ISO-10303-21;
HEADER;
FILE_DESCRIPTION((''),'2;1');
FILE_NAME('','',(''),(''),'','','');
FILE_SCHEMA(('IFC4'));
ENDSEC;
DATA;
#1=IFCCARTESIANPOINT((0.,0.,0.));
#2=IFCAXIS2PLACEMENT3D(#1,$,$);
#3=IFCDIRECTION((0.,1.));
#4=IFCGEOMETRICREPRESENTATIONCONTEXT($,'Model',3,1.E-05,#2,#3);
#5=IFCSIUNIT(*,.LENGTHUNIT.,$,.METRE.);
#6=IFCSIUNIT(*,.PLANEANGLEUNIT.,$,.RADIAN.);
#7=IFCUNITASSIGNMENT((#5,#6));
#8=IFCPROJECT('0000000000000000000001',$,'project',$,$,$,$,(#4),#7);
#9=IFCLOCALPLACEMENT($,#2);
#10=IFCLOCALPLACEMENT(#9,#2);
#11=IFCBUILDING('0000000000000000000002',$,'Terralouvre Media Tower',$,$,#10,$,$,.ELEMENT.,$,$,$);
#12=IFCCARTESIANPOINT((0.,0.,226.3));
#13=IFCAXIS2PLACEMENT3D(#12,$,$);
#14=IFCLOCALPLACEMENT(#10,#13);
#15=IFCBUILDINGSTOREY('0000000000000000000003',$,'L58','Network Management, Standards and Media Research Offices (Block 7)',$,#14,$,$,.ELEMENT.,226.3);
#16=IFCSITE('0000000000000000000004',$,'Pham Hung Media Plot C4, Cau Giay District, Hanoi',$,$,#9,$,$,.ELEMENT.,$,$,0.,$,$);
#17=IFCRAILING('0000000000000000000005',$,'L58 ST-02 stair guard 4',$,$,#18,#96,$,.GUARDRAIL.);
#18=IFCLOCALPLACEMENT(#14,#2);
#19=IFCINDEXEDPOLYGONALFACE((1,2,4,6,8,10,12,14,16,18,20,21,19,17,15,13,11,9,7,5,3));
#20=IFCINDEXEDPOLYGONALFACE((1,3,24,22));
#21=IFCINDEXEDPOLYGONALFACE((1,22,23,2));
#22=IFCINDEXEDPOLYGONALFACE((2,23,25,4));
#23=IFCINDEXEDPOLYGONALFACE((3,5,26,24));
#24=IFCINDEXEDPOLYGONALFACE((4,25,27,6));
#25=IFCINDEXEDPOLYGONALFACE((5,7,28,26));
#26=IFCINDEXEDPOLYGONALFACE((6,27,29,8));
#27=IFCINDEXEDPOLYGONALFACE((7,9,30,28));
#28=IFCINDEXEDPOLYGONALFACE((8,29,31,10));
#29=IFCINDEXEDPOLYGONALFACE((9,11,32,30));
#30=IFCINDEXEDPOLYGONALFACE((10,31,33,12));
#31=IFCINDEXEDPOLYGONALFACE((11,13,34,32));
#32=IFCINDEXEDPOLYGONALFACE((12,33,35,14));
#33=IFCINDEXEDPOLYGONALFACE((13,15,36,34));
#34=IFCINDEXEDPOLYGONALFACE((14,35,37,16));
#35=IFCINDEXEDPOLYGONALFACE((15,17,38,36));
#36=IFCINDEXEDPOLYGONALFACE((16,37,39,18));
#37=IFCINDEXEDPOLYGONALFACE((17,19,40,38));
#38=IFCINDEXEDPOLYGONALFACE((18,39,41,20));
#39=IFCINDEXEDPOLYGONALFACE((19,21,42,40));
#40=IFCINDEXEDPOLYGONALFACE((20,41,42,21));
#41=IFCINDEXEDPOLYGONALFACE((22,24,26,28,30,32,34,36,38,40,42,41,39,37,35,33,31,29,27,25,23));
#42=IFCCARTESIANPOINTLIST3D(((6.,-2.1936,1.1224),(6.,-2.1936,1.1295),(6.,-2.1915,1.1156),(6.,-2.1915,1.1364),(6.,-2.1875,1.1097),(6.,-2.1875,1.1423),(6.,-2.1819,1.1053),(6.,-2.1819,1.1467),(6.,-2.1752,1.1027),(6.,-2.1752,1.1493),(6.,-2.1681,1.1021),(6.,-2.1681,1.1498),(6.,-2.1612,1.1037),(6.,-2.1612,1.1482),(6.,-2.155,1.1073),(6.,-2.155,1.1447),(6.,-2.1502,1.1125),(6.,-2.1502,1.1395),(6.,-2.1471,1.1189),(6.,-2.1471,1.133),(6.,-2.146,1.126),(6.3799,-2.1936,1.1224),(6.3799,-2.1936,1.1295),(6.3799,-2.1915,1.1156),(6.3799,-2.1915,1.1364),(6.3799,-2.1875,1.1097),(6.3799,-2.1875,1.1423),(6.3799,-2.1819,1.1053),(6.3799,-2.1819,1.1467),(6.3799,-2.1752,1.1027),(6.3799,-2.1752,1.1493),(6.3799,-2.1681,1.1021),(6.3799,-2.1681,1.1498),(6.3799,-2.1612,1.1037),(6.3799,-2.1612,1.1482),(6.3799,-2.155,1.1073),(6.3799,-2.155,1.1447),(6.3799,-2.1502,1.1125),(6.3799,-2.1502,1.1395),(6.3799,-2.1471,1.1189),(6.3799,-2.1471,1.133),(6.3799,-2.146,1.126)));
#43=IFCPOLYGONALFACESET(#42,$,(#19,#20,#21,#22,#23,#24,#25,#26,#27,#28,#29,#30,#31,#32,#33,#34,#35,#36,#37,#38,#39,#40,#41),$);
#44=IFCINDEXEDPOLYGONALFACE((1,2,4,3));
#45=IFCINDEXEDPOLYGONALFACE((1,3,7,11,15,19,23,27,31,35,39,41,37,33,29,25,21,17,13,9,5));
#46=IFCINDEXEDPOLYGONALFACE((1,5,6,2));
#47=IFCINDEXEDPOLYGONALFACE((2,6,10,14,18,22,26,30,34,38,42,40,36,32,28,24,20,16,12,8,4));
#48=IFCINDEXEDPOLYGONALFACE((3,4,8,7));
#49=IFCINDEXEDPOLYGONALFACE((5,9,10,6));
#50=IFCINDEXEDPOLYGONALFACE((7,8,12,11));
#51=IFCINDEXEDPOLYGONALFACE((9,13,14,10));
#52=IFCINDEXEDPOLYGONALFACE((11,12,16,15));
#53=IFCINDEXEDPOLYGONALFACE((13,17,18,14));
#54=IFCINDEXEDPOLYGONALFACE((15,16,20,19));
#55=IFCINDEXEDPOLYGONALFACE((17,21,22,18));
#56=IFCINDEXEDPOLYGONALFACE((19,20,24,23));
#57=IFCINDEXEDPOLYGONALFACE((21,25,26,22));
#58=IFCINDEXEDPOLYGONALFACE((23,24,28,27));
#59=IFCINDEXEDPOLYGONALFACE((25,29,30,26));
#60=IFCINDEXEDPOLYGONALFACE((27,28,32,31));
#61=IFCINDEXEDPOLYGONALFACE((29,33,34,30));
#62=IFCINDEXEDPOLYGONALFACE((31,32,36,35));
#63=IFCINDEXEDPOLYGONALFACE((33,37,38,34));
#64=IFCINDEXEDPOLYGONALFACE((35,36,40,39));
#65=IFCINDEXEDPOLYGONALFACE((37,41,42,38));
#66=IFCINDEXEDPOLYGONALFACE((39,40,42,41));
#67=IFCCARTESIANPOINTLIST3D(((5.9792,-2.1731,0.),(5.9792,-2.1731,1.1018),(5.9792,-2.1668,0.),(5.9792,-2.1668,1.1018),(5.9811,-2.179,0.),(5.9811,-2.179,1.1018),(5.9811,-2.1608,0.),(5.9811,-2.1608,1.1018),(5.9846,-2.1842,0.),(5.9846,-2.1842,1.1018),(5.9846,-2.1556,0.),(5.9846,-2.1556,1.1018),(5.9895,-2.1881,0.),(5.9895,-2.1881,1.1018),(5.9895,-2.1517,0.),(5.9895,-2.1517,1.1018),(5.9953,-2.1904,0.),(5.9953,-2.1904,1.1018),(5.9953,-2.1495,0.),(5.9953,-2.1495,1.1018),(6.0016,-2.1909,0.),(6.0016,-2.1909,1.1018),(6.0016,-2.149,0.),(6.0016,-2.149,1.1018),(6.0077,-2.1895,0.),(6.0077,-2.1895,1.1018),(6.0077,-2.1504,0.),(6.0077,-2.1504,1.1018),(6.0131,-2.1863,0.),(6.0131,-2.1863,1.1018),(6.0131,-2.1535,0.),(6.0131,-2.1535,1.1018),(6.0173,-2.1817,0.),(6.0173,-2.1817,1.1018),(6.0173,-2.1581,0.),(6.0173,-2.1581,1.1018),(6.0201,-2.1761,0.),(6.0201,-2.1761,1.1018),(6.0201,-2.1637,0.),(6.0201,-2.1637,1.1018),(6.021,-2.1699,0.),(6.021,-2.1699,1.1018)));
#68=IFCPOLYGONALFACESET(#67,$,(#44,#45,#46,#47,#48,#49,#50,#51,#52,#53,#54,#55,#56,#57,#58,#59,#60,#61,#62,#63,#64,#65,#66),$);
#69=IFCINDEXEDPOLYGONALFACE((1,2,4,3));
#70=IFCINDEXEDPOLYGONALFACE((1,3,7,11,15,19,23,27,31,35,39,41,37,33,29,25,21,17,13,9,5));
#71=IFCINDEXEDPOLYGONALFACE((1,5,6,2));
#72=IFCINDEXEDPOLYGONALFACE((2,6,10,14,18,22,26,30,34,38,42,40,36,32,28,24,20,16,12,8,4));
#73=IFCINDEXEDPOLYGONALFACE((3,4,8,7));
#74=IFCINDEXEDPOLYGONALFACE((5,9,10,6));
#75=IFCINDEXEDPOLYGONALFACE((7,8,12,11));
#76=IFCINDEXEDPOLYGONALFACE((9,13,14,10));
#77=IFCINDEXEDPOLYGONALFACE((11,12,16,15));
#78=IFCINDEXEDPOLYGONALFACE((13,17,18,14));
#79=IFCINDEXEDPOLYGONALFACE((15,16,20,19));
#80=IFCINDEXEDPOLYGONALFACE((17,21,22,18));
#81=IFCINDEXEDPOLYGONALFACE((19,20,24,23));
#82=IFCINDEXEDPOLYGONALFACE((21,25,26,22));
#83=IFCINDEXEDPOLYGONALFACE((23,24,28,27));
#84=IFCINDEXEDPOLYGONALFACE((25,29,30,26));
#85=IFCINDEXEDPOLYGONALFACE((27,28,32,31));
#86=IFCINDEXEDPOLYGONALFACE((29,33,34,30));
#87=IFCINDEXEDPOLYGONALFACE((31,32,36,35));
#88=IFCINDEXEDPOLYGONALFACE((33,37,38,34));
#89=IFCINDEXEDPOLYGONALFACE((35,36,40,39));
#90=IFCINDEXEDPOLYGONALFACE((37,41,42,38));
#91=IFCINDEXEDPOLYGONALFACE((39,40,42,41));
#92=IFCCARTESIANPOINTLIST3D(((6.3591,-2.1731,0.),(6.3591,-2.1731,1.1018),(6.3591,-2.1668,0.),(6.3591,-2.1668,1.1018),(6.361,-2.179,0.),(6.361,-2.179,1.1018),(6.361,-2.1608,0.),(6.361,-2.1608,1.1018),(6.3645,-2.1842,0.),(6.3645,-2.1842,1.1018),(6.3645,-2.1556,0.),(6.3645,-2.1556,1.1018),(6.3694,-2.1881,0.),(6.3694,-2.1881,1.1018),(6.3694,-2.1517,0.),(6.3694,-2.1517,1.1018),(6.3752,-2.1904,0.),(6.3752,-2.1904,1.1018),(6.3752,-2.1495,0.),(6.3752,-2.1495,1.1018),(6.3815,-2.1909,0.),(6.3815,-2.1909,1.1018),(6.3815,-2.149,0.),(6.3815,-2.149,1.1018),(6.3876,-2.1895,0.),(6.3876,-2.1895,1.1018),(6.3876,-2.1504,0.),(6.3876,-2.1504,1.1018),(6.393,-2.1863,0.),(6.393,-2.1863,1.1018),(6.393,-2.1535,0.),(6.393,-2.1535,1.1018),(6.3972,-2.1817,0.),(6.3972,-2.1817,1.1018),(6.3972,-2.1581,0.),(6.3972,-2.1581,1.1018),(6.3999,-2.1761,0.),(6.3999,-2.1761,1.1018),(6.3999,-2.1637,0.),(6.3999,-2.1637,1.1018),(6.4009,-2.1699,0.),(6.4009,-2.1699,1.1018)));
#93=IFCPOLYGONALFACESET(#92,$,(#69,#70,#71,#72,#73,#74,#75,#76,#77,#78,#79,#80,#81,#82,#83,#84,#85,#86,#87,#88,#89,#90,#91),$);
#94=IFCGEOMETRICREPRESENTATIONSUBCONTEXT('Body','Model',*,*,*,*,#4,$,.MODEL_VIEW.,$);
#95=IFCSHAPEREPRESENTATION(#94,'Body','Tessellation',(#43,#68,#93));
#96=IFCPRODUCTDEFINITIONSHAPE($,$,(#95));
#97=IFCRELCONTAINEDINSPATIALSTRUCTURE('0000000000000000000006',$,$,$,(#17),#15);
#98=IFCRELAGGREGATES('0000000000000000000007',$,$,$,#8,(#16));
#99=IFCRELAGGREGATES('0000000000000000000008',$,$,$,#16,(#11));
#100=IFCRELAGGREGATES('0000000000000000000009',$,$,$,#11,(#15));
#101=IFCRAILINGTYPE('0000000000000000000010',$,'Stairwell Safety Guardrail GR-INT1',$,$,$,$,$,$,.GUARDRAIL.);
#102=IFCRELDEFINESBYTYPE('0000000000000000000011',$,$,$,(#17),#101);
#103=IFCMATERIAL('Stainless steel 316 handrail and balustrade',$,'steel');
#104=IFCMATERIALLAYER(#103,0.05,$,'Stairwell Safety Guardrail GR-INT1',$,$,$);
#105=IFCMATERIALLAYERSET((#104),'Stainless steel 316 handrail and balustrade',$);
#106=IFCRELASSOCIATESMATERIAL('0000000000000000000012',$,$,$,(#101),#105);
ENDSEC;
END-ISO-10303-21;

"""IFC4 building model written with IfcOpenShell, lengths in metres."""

from ifc_helpers import new_model, si_unit, direction, frame, origin, origin_2d, place, context, subcontext, project, spatial, circle, extrude, material, layer, layer_set, type_object, element, save


model = new_model("IFC4")

# Units and contexts
model_context = context("Model", 3, precision=1e-05, world=origin(), true_north=direction((0.0, 1.0)))
body_context = subcontext(model_context, "Body", "Model", "MODEL_VIEW")
ifc_project = project(units=[si_unit("LENGTHUNIT", "METRE"), si_unit("PLANEANGLEUNIT", "RADIAN")], contexts=[model_context])

# Site, building, storey
site_placement = place(None, origin())
site = spatial("IfcSite", under=ifc_project, at=site_placement, Name="Pham Hung Media Plot C4, Cau Giay District, Hanoi", CompositionType="ELEMENT", RefElevation=0.0)
building_placement = place(site_placement, origin())
building = spatial("IfcBuilding", under=site, at=building_placement, Name="Terralouvre Media Tower", CompositionType="ELEMENT")
storey_placement = place(building_placement, frame((0.0, 0.0, 226.3)))
storey = spatial("IfcBuildingStorey", under=building, at=storey_placement, Name="L58", Description="Network Management, Standards and Media Research Offices (Block 7)", CompositionType="ELEMENT", Elevation=226.3)

# Railing
ifc_material_1 = material(Name="Stainless steel 316 handrail and balustrade", Category="steel")
ifc_layer_1 = layer(ifc_material_1, 0.05, Name="Stairwell Safety Guardrail GR-INT1")
ifc_layer_set_1 = layer_set([ifc_layer_1], Name="Stainless steel 316 handrail and balustrade")
railing_type_1 = type_object("IfcRailingType", Name="Stairwell Safety Guardrail GR-INT1", PredefinedType="GUARDRAIL", material=ifc_layer_set_1)
railing_1_placement = place(storey_placement, frame((6.0, -2.1699, 0.0)))
element("IfcRailing", 1, at=railing_1_placement, inside=storey, type_object=railing_type_1, Name="L58 ST-02 stair guard 4", PredefinedType="GUARDRAIL", context=body_context, shape_type="SweptSolid", body=[
    extrude(circle(Radius=0.0239, at=origin_2d()), frame((0.0, 0.0, 1.126), z_axis=(1.0, 0.0, 0.0), x_axis=(0.0, 1.0, 0.0)), (0.0, 0.0, 1.0), 0.3799),
    extrude(circle(Radius=0.021, at=origin_2d()), origin(), (0.0, 0.0, 1.0), 1.1018),
    extrude(circle(Radius=0.021, at=origin_2d()), frame((0.3799, 0.0, 0.0)), (0.0, 0.0, 1.0), 1.1018),
])

save(model, "model.ifc")
